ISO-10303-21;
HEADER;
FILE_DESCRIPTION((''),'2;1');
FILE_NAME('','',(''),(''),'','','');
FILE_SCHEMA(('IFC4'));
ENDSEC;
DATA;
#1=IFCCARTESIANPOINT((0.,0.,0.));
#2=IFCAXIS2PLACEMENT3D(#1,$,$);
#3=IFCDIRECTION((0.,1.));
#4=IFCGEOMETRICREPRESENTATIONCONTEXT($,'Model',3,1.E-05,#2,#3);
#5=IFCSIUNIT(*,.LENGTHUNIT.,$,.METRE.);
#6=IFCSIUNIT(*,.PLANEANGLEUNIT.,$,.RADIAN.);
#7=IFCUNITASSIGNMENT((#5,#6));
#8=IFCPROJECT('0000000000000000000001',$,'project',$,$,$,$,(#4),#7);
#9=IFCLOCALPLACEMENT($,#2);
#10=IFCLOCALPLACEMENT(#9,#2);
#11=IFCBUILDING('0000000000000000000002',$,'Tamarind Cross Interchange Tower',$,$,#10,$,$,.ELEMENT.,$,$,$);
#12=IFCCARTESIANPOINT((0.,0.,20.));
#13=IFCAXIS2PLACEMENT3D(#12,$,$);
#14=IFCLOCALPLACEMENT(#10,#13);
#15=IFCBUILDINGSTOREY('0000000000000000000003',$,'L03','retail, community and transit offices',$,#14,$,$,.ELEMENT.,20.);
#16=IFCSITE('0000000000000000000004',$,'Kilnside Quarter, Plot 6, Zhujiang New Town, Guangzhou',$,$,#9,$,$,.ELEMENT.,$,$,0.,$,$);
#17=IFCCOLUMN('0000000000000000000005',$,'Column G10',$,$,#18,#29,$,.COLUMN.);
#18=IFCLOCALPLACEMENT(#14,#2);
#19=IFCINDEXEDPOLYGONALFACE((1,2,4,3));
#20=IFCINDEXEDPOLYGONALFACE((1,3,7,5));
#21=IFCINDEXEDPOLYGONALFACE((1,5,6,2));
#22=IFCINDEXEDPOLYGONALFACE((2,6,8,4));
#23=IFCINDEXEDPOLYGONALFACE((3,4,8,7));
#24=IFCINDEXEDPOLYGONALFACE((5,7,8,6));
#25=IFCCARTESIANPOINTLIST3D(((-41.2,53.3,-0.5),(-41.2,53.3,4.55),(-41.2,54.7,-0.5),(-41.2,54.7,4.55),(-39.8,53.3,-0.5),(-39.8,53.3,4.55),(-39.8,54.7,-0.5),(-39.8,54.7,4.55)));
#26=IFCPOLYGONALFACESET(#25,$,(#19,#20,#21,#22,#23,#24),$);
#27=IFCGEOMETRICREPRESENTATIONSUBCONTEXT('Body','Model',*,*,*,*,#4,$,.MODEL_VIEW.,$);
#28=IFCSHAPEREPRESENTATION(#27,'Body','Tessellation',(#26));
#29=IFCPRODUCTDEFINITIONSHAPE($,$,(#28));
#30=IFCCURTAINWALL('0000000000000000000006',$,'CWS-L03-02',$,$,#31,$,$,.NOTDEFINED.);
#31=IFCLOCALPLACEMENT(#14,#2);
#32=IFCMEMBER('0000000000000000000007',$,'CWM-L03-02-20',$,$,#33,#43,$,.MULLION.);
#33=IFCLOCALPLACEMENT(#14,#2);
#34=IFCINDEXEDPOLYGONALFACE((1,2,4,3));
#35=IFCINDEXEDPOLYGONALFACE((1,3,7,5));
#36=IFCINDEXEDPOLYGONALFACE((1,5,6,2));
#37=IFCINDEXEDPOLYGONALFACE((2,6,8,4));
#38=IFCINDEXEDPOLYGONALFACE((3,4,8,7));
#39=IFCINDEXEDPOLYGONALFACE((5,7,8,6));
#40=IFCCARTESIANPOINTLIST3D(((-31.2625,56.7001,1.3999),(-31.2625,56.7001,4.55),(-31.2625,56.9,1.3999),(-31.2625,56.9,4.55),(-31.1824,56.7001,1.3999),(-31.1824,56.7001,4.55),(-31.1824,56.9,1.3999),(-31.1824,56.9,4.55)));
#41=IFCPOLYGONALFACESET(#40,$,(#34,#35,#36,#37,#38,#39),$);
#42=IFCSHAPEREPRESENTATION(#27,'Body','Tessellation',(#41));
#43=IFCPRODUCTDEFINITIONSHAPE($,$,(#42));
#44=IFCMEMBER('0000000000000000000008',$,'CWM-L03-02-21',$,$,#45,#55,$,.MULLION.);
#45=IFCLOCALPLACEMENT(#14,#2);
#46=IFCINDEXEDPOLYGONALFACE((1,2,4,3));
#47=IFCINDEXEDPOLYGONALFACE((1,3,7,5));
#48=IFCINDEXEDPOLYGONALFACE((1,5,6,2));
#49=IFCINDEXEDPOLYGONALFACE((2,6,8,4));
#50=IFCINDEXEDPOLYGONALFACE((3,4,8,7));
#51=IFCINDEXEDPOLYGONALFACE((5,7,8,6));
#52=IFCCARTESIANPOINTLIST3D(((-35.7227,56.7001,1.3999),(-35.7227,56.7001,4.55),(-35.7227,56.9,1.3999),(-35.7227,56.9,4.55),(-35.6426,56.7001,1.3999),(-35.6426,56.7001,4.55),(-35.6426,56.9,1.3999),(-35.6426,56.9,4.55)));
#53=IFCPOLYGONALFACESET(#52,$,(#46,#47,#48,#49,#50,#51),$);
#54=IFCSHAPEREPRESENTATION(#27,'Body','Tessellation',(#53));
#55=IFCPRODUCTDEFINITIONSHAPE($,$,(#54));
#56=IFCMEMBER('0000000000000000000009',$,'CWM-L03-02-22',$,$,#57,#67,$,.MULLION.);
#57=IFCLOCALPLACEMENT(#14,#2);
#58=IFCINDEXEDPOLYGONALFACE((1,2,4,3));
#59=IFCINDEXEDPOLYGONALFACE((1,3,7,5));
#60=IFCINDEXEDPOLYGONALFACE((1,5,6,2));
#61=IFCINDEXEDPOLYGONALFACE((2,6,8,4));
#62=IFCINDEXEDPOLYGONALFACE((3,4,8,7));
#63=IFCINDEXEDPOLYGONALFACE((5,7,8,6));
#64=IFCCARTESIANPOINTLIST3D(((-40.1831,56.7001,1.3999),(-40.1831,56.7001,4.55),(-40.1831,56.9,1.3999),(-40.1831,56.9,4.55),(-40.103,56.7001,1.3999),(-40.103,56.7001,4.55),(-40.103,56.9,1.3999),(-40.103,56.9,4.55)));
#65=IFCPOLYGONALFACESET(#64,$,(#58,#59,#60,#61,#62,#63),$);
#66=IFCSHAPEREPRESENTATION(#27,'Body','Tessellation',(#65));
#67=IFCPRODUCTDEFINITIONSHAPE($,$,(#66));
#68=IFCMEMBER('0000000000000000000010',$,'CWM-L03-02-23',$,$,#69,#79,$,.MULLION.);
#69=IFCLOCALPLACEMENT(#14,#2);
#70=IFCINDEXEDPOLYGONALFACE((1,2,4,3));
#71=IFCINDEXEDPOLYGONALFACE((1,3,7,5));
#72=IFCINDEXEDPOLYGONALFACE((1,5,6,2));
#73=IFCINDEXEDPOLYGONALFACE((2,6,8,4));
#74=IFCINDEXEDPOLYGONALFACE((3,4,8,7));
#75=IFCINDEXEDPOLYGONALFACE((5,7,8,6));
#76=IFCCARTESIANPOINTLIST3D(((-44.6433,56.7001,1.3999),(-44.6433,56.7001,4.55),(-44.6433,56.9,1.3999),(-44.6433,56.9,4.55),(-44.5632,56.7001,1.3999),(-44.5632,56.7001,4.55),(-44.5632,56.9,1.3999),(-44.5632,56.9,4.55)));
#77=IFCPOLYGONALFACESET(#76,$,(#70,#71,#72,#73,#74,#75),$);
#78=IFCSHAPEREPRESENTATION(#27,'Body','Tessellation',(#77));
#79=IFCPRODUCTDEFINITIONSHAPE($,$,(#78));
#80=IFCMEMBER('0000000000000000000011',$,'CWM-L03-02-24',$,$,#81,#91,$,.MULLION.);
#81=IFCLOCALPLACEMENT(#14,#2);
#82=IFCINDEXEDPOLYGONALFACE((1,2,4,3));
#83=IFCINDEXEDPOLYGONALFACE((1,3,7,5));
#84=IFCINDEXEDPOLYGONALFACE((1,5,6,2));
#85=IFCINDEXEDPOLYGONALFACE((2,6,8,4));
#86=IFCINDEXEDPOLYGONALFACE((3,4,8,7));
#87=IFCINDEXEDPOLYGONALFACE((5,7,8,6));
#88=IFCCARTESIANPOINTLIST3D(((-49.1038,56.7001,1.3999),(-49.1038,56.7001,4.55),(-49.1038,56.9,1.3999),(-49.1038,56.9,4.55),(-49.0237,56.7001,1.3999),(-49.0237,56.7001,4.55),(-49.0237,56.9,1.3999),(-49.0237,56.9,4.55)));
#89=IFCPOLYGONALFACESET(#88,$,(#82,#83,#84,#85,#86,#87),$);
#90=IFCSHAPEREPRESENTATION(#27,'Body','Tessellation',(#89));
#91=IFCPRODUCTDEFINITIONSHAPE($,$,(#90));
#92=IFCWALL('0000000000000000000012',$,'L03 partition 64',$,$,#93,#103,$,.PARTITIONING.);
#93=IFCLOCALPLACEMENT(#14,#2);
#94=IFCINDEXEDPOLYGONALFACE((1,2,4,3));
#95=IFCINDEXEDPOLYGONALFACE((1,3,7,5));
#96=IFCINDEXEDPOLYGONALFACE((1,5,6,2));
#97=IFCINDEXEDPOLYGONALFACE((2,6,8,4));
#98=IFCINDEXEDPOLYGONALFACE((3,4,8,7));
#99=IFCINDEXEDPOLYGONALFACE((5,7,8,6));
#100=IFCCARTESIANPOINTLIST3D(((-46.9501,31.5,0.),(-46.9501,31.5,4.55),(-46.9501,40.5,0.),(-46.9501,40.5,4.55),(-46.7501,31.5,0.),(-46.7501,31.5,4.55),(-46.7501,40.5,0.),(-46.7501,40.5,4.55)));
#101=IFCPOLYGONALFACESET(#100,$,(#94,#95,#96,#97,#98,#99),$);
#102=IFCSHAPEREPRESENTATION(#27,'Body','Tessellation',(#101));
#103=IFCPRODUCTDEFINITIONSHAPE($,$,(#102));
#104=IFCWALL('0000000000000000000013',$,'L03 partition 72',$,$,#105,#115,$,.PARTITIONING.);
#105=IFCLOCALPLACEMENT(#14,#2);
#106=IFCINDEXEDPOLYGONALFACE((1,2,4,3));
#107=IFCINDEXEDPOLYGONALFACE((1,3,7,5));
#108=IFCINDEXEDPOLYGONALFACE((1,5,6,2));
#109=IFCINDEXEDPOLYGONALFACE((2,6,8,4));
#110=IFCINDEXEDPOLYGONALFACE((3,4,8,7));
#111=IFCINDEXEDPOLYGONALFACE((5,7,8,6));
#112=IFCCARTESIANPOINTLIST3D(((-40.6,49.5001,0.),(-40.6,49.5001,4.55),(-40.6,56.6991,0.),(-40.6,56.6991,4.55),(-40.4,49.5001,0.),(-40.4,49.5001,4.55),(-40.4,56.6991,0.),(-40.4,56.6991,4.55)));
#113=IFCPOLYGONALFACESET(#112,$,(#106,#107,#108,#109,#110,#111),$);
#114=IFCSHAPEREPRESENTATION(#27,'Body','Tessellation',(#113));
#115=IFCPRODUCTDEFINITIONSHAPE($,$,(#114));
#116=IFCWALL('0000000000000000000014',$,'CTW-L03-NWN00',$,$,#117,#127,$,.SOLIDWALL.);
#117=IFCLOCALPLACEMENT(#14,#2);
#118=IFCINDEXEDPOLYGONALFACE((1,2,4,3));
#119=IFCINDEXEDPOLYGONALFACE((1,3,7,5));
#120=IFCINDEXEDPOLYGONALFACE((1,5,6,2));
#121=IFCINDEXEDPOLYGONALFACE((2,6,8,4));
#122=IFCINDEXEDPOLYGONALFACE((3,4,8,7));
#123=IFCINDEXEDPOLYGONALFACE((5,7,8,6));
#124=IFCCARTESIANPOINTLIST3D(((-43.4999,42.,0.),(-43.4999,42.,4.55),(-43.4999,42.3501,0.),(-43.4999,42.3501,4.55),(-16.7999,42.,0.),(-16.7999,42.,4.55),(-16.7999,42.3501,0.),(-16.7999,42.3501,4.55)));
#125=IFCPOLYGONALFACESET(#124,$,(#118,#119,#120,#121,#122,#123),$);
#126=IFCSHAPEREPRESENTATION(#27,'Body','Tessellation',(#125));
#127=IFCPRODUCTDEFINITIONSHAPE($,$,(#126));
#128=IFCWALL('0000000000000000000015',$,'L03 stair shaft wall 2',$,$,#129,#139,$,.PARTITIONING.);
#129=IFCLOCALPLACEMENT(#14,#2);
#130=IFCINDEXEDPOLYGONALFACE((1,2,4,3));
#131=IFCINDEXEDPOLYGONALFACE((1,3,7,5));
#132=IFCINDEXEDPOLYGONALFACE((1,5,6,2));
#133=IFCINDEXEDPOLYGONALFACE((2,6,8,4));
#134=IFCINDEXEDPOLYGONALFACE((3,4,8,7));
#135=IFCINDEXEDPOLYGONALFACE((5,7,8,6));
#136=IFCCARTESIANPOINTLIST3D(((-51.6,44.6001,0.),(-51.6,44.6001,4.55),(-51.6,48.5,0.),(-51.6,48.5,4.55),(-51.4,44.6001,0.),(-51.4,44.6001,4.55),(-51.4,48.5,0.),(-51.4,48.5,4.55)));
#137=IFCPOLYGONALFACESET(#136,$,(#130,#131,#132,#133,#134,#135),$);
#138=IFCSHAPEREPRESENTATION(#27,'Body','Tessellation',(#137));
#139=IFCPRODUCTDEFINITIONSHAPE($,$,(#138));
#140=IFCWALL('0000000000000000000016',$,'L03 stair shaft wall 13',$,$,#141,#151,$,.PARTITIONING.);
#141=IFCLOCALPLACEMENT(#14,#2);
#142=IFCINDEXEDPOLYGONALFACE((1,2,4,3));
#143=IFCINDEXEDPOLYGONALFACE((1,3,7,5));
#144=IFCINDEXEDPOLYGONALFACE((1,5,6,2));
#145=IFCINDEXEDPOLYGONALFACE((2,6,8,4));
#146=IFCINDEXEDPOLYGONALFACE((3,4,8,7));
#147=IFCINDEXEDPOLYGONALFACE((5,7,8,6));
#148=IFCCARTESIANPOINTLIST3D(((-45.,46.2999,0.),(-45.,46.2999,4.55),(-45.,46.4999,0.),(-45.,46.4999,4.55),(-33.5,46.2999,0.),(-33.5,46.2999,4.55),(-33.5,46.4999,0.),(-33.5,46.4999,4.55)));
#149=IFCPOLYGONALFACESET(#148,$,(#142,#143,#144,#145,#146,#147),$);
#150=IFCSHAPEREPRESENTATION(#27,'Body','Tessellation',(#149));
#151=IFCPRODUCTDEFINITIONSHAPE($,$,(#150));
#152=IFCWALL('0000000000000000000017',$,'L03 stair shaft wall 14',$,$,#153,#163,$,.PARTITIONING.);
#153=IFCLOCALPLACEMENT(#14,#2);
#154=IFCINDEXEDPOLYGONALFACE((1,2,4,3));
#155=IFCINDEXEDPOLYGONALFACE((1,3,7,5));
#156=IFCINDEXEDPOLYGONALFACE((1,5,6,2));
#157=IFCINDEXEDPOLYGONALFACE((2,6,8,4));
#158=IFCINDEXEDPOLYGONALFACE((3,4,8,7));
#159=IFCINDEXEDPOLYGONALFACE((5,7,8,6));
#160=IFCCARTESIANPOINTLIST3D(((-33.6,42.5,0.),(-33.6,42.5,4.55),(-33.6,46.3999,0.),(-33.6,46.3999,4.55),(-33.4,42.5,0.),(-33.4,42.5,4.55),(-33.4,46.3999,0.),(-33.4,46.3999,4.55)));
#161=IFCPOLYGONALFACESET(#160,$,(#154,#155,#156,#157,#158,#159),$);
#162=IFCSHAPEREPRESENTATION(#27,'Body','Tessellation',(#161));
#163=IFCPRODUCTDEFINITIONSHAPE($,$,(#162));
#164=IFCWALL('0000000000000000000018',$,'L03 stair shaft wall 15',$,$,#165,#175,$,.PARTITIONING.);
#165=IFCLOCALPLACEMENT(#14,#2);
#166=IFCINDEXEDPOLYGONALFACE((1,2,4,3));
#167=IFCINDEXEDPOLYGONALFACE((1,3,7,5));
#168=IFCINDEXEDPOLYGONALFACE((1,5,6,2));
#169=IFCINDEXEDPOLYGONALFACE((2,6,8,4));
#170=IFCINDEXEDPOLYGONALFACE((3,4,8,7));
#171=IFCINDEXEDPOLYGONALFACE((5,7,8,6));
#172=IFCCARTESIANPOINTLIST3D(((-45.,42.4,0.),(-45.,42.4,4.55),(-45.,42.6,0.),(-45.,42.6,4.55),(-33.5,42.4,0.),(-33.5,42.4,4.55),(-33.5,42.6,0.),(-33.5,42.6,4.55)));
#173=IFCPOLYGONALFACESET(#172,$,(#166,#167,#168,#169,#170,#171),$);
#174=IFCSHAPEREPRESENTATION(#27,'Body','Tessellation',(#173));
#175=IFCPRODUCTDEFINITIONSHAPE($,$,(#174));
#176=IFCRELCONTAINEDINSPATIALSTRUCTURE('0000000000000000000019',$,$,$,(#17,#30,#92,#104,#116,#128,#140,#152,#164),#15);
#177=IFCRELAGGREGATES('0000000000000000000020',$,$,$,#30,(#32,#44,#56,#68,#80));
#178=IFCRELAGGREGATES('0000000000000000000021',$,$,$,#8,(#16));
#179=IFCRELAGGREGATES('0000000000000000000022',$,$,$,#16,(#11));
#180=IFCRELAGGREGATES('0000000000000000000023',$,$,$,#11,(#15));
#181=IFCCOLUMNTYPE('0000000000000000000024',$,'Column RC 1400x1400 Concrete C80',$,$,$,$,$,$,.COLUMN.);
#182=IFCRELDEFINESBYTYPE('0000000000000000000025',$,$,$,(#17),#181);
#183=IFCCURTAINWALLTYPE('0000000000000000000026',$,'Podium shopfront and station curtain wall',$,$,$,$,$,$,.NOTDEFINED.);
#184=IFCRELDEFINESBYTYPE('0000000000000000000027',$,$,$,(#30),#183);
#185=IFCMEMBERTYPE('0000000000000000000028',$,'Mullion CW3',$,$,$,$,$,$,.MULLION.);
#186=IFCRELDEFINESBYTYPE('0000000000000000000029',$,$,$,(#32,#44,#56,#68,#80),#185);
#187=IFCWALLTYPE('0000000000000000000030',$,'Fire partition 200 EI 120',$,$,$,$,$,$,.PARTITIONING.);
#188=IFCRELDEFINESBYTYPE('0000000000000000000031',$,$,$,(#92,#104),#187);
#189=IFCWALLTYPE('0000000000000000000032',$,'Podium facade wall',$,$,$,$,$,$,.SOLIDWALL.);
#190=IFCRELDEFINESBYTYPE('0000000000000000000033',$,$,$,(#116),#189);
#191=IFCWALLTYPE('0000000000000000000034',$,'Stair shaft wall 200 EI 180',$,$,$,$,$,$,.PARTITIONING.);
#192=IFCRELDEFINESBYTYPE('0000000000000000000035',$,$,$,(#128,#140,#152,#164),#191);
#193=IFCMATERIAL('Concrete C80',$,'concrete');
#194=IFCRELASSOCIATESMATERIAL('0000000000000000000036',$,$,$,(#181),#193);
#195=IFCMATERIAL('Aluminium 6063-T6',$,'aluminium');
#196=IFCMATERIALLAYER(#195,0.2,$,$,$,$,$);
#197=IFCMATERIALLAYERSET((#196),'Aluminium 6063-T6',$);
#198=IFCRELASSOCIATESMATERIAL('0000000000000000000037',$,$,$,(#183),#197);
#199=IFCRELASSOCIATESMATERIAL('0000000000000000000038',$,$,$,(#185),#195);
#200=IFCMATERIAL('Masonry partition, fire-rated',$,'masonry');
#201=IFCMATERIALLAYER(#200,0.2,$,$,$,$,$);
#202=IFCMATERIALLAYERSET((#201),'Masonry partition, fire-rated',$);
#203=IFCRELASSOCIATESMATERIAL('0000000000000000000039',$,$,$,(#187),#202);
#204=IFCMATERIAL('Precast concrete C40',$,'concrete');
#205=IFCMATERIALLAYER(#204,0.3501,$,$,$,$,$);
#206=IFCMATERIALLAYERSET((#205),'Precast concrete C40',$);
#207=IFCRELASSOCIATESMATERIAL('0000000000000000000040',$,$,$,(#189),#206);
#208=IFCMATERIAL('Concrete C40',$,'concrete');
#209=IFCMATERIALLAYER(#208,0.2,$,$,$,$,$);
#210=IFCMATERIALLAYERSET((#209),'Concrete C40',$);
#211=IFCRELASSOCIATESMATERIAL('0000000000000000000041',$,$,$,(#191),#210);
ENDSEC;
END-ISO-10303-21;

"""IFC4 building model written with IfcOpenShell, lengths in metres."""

from ifc_helpers import new_model, si_unit, direction, frame, frame_2d, origin, origin_2d, place, context, subcontext, project, spatial, rectangle, extrude, material, layer, layer_set, material_profile, profile_set, type_object, element, aggregate, save


model = new_model("IFC4")

# Units and contexts
model_context = context("Model", 3, precision=1e-05, world=origin(), true_north=direction((0.0, 1.0)))
body_context = subcontext(model_context, "Body", "Model", "MODEL_VIEW")
ifc_project = project(units=[si_unit("LENGTHUNIT", "METRE"), si_unit("PLANEANGLEUNIT", "RADIAN")], contexts=[model_context])

# Site, building, storey
site_placement = place(None, origin())
site = spatial("IfcSite", under=ifc_project, at=site_placement, Name="Kilnside Quarter, Plot 6, Zhujiang New Town, Guangzhou", CompositionType="ELEMENT", RefElevation=0.0)
building_placement = place(site_placement, origin())
building = spatial("IfcBuilding", under=site, at=building_placement, Name="Tamarind Cross Interchange Tower", CompositionType="ELEMENT")
storey_placement = place(building_placement, frame((0.0, 0.0, 20.0)))
storey = spatial("IfcBuildingStorey", under=building, at=storey_placement, Name="L03", Description="retail, community and transit offices", CompositionType="ELEMENT", Elevation=20.0)

# Column
ifc_material_1 = material(Name="Concrete C80", Category="concrete")
ifc_material_profile_1 = material_profile(ifc_material_1, rectangle(XDim=1.3999, YDim=1.3999, at=origin_2d()), Name="RC 1400x1400")
ifc_profile_set_1 = profile_set([ifc_material_profile_1], Name="Concrete C80")
column_type = type_object("IfcColumnType", Name="Column RC 1400x1400 Concrete C80", PredefinedType="COLUMN", material=ifc_profile_set_1)
column_placement = place(storey_placement, frame((-40.5, 54.0, -0.5), z_axis=(0.0, 0.0, 1.0), x_axis=(1.0, 0.0, 0.0)))
element("IfcColumn", 1, at=column_placement, inside=storey, type_object=column_type, Name="Column G10", PredefinedType="COLUMN", context=body_context, shape_type="SweptSolid", body=[
    extrude(rectangle(XDim=1.3999, YDim=1.3999, at=origin_2d()), origin(), (0.0, 0.0, 1.0), 5.05),
])

# Curtain wall, members
ifc_material_2 = material(Name="Aluminium 6063-T6", Category="aluminium")
ifc_layer_1 = layer(ifc_material_2, 0.2)
ifc_layer_set_1 = layer_set([ifc_layer_1], Name="Aluminium 6063-T6")
curtain_wall_type = type_object("IfcCurtainWallType", Name="Podium shopfront and station curtain wall", PredefinedType="NOTDEFINED", material=ifc_layer_set_1)
curtain_wall_placement = place(storey_placement, origin())
curtain_wall = element("IfcCurtainWall", 2, at=curtain_wall_placement, inside=storey, type_object=curtain_wall_type, Name="CWS-L03-02", PredefinedType="NOTDEFINED")
ifc_material_profile_2 = material_profile(ifc_material_2, rectangle(XDim=0.0801, YDim=0.2, at=origin_2d()), Name="Mullion CW3")
ifc_profile_set_2 = profile_set([ifc_material_profile_2], Name="Aluminium 6063-T6")
member_type = type_object("IfcMemberType", Name="Mullion CW3", PredefinedType="MULLION", material=ifc_profile_set_2)
member_1_placement = place(storey_placement, frame((-31.2224, 56.8, 1.3999), z_axis=(0.0, 0.0, 1.0), x_axis=(-1.0, 0.0, 0.0)))
member_1 = element("IfcMember", 3, at=member_1_placement, type_object=member_type, Name="CWM-L03-02-20", PredefinedType="MULLION", context=body_context, shape_type="SweptSolid", body=[
    extrude(rectangle(XDim=0.0801, YDim=0.2, at=origin_2d()), origin(), (0.0, 0.0, 1.0), 3.1501),
])
member_2_placement = place(storey_placement, frame((-35.6826, 56.8, 1.3999), z_axis=(0.0, 0.0, 1.0), x_axis=(-1.0, 0.0, 0.0)))
member_2 = element("IfcMember", 4, at=member_2_placement, type_object=member_type, Name="CWM-L03-02-21", PredefinedType="MULLION", context=body_context, shape_type="SweptSolid", body=[
    extrude(rectangle(XDim=0.0801, YDim=0.2, at=origin_2d()), origin(), (0.0, 0.0, 1.0), 3.1501),
])
member_3_placement = place(storey_placement, frame((-40.1431, 56.8, 1.3999), z_axis=(0.0, 0.0, 1.0), x_axis=(-1.0, 0.0, 0.0)))
member_3 = element("IfcMember", 5, at=member_3_placement, type_object=member_type, Name="CWM-L03-02-22", PredefinedType="MULLION", context=body_context, shape_type="SweptSolid", body=[
    extrude(rectangle(XDim=0.0801, YDim=0.2, at=origin_2d()), origin(), (0.0, 0.0, 1.0), 3.1501),
])
member_4_placement = place(storey_placement, frame((-44.6033, 56.8, 1.3999), z_axis=(0.0, 0.0, 1.0), x_axis=(-1.0, 0.0, 0.0)))
member_4 = element("IfcMember", 6, at=member_4_placement, type_object=member_type, Name="CWM-L03-02-23", PredefinedType="MULLION", context=body_context, shape_type="SweptSolid", body=[
    extrude(rectangle(XDim=0.0801, YDim=0.2, at=origin_2d()), origin(), (0.0, 0.0, 1.0), 3.1501),
])
member_5_placement = place(storey_placement, frame((-49.0637, 56.8, 1.3999), z_axis=(0.0, 0.0, 1.0), x_axis=(-1.0, 0.0, 0.0)))
member_5 = element("IfcMember", 7, at=member_5_placement, type_object=member_type, Name="CWM-L03-02-24", PredefinedType="MULLION", context=body_context, shape_type="SweptSolid", body=[
    extrude(rectangle(XDim=0.0801, YDim=0.2, at=origin_2d()), origin(), (0.0, 0.0, 1.0), 3.1501),
])
aggregate(curtain_wall, [member_1, member_2, member_3, member_4, member_5])

# Walls
ifc_material_3 = material(Name="Masonry partition, fire-rated", Category="masonry")
ifc_layer_2 = layer(ifc_material_3, 0.2)
ifc_layer_set_2 = layer_set([ifc_layer_2], Name="Masonry partition, fire-rated")
wall_type_1 = type_object("IfcWallType", Name="Fire partition 200 EI 120", PredefinedType="PARTITIONING", material=ifc_layer_set_2)
wall_1_placement = place(storey_placement, frame((-46.8501, 31.5, 0.0), z_axis=(0.0, 0.0, 1.0), x_axis=(0.0, 1.0, 0.0)))
element("IfcWall", 8, at=wall_1_placement, inside=storey, type_object=wall_type_1, Name="L03 partition 64", PredefinedType="PARTITIONING", context=body_context, shape_type="SweptSolid", body=[
    extrude(rectangle(XDim=9.0, YDim=0.2, at=frame_2d((4.5, 0.0))), origin(), (0.0, 0.0, 1.0), 4.55),
])
wall_2_placement = place(storey_placement, frame((-40.5, 49.5, 0.0), z_axis=(0.0, 0.0, 1.0), x_axis=(0.0, 1.0, 0.0)))
element("IfcWall", 9, at=wall_2_placement, inside=storey, type_object=wall_type_1, Name="L03 partition 72", PredefinedType="PARTITIONING", context=body_context, shape_type="SweptSolid", body=[
    extrude(rectangle(XDim=7.199, YDim=0.2, at=frame_2d((3.5996, 0.0))), origin(), (0.0, 0.0, 1.0), 4.55),
])
ifc_material_4 = material(Name="Precast concrete C40", Category="concrete")
ifc_layer_3 = layer(ifc_material_4, 0.3501)
ifc_layer_set_3 = layer_set([ifc_layer_3], Name="Precast concrete C40")
wall_type_2 = type_object("IfcWallType", Name="Podium facade wall", PredefinedType="SOLIDWALL", material=ifc_layer_set_3)
wall_3_placement = place(storey_placement, frame((-43.5, 42.175, 0.0), z_axis=(0.0, 0.0, 1.0), x_axis=(1.0, 0.0, 0.0)))
element("IfcWall", 10, at=wall_3_placement, inside=storey, type_object=wall_type_2, Name="CTW-L03-NWN00", PredefinedType="SOLIDWALL", context=body_context, shape_type="SweptSolid", body=[
    extrude(rectangle(XDim=26.7, YDim=0.3501, at=frame_2d((13.3501, 0.0))), origin(), (0.0, 0.0, 1.0), 4.55),
])
ifc_material_5 = material(Name="Concrete C40", Category="concrete")
ifc_layer_4 = layer(ifc_material_5, 0.2)
ifc_layer_set_4 = layer_set([ifc_layer_4], Name="Concrete C40")
wall_type_3 = type_object("IfcWallType", Name="Stair shaft wall 200 EI 180", PredefinedType="PARTITIONING", material=ifc_layer_set_4)
wall_4_placement = place(storey_placement, frame((-51.5, 44.6001, 0.0), z_axis=(0.0, 0.0, 1.0), x_axis=(0.0, 1.0, 0.0)))
element("IfcWall", 11, at=wall_4_placement, inside=storey, type_object=wall_type_3, Name="L03 stair shaft wall 2", PredefinedType="PARTITIONING", context=body_context, shape_type="SweptSolid", body=[
    extrude(rectangle(XDim=3.8999, YDim=0.2, at=frame_2d((1.95, 0.0))), origin(), (0.0, 0.0, 1.0), 4.55),
])
wall_5_placement = place(storey_placement, frame((-45.0, 46.3999, 0.0), z_axis=(0.0, 0.0, 1.0), x_axis=(1.0, 0.0, 0.0)))
element("IfcWall", 12, at=wall_5_placement, inside=storey, type_object=wall_type_3, Name="L03 stair shaft wall 13", PredefinedType="PARTITIONING", context=body_context, shape_type="SweptSolid", body=[
    extrude(rectangle(XDim=11.5, YDim=0.2, at=frame_2d((5.75, 0.0))), origin(), (0.0, 0.0, 1.0), 4.55),
])
wall_6_placement = place(storey_placement, frame((-33.5, 42.5, 0.0), z_axis=(0.0, 0.0, 1.0), x_axis=(0.0, 1.0, 0.0)))
element("IfcWall", 13, at=wall_6_placement, inside=storey, type_object=wall_type_3, Name="L03 stair shaft wall 14", PredefinedType="PARTITIONING", context=body_context, shape_type="SweptSolid", body=[
    extrude(rectangle(XDim=3.8999, YDim=0.2, at=frame_2d((1.95, 0.0))), origin(), (0.0, 0.0, 1.0), 4.55),
])
wall_7_placement = place(storey_placement, frame((-45.0, 42.5, 0.0), z_axis=(0.0, 0.0, 1.0), x_axis=(1.0, 0.0, 0.0)))
element("IfcWall", 14, at=wall_7_placement, inside=storey, type_object=wall_type_3, Name="L03 stair shaft wall 15", PredefinedType="PARTITIONING", context=body_context, shape_type="SweptSolid", body=[
    extrude(rectangle(XDim=11.5, YDim=0.2, at=frame_2d((5.75, 0.0))), origin(), (0.0, 0.0, 1.0), 4.55),
])

save(model, "model.ifc")
